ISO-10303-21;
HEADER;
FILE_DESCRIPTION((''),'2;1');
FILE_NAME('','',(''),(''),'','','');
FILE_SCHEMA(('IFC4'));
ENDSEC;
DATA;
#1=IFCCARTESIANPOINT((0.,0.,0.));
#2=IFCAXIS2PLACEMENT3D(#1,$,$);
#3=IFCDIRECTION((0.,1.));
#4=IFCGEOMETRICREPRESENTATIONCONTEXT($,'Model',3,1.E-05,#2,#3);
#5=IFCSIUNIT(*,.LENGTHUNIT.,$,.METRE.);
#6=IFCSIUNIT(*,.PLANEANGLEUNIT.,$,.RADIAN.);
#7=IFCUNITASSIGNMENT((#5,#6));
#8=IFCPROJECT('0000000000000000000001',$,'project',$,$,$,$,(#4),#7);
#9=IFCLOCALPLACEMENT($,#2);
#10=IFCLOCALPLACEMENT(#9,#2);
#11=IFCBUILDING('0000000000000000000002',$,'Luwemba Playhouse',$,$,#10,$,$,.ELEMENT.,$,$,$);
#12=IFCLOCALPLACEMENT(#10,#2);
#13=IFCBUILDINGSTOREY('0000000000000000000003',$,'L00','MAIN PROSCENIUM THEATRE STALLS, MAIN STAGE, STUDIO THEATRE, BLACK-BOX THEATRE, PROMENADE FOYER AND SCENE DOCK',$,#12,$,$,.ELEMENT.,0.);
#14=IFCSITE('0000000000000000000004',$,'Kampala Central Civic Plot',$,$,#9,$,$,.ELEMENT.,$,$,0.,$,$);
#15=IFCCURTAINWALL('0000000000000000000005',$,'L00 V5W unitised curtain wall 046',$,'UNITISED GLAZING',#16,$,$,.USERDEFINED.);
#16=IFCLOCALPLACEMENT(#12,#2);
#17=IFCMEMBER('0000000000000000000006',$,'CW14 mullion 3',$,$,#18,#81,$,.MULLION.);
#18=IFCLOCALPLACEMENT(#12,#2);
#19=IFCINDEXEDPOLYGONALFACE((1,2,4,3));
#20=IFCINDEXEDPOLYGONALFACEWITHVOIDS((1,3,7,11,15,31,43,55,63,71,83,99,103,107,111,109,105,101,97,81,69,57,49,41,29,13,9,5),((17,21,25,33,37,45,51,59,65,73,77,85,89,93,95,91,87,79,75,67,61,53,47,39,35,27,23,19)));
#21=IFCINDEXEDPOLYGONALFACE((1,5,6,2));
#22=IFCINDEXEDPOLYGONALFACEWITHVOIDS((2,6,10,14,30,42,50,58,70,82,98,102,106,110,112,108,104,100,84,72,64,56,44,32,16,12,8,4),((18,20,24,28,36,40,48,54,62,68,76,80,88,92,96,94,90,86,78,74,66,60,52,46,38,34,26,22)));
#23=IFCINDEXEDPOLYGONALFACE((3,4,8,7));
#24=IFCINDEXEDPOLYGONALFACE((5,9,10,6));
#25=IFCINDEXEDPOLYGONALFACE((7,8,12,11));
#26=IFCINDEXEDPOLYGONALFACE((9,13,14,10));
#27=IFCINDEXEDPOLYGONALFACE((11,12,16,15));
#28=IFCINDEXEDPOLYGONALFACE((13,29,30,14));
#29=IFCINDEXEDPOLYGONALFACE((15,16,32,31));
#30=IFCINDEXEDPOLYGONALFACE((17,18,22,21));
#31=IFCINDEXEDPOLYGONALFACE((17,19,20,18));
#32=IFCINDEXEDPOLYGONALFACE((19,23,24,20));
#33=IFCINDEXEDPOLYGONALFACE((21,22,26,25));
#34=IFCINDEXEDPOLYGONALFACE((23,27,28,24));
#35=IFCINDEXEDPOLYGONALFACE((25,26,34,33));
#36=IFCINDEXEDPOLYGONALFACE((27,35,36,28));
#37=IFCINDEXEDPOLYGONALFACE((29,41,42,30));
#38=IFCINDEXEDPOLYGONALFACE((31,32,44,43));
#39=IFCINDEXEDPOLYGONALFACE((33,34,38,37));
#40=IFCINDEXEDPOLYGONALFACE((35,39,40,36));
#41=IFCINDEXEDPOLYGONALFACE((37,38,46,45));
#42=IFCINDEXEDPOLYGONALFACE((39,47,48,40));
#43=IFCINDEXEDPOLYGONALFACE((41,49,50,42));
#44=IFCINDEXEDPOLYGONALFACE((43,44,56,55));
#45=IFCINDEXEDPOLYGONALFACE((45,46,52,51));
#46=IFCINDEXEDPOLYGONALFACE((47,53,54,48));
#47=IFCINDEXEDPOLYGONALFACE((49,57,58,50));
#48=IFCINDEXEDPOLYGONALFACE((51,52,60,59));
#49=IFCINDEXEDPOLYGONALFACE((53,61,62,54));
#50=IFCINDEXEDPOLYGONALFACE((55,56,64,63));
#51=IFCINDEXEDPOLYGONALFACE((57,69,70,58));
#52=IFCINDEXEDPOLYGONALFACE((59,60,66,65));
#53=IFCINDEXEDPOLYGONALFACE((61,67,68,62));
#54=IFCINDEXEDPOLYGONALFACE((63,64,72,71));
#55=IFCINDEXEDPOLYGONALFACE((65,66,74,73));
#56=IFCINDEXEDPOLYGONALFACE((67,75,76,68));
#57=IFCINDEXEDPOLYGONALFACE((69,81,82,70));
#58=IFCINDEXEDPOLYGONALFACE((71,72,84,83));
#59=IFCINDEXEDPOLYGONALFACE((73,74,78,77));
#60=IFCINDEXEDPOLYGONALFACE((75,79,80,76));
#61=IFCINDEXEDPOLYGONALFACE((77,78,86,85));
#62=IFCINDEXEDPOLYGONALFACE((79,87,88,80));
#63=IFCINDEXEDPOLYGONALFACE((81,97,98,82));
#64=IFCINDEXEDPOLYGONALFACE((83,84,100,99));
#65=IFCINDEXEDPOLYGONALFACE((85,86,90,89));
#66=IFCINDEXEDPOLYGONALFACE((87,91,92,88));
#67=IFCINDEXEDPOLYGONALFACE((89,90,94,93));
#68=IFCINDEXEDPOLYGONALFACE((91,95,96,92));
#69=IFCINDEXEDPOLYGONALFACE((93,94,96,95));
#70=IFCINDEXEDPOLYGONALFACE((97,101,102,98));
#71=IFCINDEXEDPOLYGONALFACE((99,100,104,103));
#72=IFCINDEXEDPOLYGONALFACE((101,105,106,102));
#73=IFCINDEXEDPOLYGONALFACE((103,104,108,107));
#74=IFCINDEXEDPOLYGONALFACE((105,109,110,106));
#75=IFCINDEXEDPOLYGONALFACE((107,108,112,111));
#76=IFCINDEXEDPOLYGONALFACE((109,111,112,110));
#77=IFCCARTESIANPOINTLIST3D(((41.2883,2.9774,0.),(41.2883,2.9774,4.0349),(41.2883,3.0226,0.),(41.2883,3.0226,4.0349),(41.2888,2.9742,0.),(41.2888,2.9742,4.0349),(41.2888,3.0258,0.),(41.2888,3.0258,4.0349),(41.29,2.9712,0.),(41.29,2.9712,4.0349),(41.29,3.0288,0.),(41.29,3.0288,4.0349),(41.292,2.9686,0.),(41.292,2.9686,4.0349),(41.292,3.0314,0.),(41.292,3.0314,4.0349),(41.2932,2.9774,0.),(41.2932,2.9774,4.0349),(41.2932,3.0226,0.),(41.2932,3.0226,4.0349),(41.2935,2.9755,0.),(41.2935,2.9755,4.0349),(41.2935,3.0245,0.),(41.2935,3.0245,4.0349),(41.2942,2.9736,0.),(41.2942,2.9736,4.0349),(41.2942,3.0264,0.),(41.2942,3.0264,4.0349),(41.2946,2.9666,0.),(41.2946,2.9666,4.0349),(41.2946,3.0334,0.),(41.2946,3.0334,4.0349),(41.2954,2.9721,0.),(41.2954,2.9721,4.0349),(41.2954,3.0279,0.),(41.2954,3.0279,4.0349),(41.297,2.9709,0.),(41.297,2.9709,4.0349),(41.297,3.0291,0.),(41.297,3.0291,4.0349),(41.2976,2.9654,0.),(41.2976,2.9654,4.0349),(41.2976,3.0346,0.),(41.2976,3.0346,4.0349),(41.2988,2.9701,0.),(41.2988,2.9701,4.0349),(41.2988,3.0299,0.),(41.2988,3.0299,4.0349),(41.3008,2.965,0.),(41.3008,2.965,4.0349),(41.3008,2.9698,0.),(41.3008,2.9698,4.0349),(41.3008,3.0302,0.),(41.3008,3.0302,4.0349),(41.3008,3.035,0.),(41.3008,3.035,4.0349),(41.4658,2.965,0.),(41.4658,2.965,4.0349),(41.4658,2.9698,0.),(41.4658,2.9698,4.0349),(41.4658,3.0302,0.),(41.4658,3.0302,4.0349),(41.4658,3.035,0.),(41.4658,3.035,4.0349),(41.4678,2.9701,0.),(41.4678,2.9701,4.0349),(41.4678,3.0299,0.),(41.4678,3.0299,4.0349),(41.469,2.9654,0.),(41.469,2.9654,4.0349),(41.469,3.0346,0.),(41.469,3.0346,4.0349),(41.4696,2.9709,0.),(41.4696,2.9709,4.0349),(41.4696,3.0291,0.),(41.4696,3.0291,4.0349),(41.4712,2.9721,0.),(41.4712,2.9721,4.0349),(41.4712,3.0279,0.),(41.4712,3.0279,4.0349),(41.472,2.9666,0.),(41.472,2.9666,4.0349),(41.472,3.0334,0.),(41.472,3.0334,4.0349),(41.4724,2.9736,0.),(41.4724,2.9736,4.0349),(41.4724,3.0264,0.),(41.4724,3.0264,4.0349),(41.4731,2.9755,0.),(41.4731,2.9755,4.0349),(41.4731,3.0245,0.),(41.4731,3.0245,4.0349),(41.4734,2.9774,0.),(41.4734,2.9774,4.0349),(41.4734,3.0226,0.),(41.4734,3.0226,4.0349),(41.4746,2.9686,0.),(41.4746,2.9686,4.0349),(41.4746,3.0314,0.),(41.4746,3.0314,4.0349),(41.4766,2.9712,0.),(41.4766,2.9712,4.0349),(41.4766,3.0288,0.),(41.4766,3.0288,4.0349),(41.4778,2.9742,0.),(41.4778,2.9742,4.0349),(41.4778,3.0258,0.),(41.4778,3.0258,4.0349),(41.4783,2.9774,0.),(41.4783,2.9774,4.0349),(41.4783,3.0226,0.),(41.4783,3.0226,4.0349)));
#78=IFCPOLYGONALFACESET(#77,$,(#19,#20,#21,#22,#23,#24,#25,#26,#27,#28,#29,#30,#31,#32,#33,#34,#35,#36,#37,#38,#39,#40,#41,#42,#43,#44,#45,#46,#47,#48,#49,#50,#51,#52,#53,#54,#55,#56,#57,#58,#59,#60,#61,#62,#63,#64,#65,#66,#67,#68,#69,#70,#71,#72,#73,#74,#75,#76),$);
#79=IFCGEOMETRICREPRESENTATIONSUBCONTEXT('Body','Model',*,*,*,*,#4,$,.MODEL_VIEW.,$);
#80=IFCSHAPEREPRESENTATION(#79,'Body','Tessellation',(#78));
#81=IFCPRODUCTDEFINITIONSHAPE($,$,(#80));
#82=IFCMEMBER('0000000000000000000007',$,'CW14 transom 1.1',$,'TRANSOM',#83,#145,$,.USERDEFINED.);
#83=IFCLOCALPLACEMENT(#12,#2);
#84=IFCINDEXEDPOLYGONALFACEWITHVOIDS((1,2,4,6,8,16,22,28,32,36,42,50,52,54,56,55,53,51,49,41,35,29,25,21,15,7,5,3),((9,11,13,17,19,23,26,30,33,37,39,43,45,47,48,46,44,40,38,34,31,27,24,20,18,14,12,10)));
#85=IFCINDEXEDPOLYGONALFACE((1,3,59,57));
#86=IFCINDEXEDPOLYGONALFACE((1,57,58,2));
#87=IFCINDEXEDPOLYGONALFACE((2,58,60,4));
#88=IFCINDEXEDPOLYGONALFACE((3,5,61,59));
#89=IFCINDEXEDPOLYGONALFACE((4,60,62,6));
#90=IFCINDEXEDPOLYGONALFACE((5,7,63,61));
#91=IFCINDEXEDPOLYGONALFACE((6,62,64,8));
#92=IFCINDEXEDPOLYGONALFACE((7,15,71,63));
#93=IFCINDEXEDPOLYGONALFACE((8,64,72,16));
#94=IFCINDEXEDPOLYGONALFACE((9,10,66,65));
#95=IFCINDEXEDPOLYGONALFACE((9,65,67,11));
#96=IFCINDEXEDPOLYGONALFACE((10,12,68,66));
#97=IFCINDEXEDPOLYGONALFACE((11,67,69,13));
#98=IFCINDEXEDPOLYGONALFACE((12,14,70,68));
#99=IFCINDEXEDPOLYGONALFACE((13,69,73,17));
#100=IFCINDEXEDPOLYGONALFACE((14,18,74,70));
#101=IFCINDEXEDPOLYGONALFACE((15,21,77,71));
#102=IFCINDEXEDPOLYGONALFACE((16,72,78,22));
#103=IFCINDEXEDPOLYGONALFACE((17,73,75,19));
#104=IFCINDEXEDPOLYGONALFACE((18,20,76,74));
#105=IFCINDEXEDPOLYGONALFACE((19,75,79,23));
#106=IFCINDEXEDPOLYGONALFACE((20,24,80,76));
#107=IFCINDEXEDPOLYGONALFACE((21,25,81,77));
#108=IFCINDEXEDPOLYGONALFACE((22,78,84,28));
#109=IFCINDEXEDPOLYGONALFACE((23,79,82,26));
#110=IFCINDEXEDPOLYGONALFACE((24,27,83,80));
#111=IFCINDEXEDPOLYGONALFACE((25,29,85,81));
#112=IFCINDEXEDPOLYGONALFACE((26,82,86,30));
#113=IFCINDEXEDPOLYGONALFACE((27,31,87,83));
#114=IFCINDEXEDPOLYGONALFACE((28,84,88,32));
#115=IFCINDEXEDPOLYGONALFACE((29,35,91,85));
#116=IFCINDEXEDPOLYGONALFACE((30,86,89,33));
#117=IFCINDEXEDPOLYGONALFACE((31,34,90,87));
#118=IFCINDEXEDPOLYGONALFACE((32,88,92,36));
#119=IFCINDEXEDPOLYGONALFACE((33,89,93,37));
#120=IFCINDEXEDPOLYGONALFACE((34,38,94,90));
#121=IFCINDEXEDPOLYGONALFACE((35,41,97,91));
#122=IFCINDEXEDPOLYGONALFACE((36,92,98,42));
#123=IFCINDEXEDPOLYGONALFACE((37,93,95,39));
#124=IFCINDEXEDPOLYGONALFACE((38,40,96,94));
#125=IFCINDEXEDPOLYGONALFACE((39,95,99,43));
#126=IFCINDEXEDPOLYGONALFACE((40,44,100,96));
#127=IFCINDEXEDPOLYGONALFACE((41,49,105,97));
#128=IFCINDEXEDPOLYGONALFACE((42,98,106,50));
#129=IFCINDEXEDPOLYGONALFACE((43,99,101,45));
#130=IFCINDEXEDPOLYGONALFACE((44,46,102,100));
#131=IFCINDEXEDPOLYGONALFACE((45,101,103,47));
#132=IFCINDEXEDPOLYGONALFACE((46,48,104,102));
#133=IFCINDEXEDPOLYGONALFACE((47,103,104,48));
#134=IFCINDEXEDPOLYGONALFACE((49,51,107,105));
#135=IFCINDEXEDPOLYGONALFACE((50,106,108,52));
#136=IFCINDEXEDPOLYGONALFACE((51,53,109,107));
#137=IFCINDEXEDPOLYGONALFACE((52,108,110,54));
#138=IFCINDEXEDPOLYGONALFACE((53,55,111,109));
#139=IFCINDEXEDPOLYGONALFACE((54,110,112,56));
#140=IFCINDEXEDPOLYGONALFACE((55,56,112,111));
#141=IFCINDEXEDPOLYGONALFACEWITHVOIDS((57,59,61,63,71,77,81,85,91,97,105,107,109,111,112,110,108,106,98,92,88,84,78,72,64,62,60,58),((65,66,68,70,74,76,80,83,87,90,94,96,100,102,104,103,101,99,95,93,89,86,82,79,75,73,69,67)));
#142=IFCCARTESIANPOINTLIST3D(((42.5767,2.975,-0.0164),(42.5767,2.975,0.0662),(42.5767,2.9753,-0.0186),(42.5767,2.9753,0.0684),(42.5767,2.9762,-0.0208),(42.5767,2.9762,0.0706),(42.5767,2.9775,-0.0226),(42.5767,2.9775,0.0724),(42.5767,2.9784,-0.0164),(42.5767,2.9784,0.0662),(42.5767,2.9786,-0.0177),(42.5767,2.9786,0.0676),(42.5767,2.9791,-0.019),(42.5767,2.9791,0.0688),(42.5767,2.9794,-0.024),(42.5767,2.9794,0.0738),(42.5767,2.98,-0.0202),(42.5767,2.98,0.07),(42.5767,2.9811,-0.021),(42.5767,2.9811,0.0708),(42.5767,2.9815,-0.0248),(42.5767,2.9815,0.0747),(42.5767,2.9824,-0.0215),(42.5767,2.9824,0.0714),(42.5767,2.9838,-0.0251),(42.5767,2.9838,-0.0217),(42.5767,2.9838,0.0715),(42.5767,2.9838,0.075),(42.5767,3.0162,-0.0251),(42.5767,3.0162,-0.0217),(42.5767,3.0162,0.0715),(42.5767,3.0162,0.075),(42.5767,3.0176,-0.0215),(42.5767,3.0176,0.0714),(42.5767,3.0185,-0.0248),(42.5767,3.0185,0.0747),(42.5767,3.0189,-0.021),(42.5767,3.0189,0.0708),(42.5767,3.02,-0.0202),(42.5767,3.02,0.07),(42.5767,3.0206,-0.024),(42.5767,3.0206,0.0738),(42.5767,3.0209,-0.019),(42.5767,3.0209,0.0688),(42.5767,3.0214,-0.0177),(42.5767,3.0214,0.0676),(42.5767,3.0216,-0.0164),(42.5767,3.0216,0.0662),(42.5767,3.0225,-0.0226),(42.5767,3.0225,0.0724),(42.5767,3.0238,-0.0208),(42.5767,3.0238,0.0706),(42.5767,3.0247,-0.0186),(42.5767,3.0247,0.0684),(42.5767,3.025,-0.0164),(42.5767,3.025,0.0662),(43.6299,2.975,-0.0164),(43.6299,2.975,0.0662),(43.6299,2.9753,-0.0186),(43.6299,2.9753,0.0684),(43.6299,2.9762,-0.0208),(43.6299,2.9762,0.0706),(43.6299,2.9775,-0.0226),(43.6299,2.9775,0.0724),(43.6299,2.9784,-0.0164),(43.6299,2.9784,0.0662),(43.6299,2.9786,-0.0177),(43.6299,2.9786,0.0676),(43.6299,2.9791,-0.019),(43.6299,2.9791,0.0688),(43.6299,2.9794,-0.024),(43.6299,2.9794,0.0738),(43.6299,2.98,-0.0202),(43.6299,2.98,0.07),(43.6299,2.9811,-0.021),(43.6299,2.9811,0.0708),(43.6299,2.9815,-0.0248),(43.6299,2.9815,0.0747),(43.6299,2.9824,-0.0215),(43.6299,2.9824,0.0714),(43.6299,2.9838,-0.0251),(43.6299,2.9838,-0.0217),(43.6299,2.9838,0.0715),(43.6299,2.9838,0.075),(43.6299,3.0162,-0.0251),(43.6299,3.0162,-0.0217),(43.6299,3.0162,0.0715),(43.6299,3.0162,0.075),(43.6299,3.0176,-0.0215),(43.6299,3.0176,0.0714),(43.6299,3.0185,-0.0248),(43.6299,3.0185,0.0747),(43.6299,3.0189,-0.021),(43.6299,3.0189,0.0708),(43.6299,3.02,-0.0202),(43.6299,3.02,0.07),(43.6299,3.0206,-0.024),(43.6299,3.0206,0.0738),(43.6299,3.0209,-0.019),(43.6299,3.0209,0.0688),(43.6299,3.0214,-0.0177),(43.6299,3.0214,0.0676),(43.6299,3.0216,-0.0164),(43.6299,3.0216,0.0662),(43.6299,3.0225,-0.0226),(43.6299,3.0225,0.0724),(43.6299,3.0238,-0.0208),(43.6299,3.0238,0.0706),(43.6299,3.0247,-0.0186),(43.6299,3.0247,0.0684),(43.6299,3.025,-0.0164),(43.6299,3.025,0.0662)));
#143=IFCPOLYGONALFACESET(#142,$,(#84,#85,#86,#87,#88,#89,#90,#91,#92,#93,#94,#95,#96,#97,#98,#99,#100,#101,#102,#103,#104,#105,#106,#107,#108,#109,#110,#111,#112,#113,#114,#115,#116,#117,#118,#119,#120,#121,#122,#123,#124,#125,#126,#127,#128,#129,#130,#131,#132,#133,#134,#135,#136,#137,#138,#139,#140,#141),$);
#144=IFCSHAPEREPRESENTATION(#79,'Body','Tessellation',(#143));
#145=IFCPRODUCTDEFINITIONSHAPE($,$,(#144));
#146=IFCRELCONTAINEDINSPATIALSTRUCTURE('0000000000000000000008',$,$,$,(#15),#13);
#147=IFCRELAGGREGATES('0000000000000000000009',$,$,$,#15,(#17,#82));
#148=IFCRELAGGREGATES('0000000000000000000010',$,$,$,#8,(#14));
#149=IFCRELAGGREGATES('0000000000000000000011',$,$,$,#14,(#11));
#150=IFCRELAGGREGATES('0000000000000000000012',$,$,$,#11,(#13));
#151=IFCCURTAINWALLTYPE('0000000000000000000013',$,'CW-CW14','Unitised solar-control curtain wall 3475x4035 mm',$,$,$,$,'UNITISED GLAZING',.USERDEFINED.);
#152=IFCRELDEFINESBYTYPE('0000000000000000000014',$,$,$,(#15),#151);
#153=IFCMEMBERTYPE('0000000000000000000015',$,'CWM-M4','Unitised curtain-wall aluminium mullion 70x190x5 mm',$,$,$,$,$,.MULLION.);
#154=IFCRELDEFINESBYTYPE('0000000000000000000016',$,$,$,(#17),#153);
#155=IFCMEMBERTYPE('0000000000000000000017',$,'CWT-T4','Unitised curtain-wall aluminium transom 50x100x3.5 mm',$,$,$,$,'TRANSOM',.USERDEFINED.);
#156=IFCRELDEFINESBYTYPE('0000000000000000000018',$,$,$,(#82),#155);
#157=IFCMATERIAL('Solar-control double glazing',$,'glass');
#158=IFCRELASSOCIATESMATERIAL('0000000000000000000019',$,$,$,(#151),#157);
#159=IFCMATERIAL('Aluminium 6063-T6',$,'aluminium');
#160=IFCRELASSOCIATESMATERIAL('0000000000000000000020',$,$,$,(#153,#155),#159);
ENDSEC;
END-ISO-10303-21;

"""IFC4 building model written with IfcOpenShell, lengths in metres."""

from ifc_helpers import new_model, si_unit, direction, frame, origin, origin_2d, place, context, subcontext, project, spatial, hollow_rectangle, extrude, material, material_profile, profile_set, type_object, element, aggregate, save


model = new_model("IFC4")

# Units and contexts
model_context = context("Model", 3, precision=1e-05, world=origin(), true_north=direction((0.0, 1.0)))
body_context = subcontext(model_context, "Body", "Model", "MODEL_VIEW")
ifc_project = project(units=[si_unit("LENGTHUNIT", "METRE"), si_unit("PLANEANGLEUNIT", "RADIAN")], contexts=[model_context])

# Site, building, storey
site_placement = place(None, origin())
site = spatial("IfcSite", under=ifc_project, at=site_placement, Name="Kampala Central Civic Plot", CompositionType="ELEMENT", RefElevation=0.0)
building_placement = place(site_placement, origin())
building = spatial("IfcBuilding", under=site, at=building_placement, Name="Luwemba Playhouse", CompositionType="ELEMENT")
storey_placement = place(building_placement, origin())
storey = spatial("IfcBuildingStorey", under=building, at=storey_placement, Name="L00", Description="MAIN PROSCENIUM THEATRE STALLS, MAIN STAGE, STUDIO THEATRE, BLACK-BOX THEATRE, PROMENADE FOYER AND SCENE DOCK", CompositionType="ELEMENT", Elevation=0.0)

# Curtain wall, members
ifc_material_1 = material(Name="Solar-control double glazing", Category="glass")
curtain_wall_type = type_object("IfcCurtainWallType", Name="CW-CW14", Description="Unitised solar-control curtain wall 3475x4035 mm", ElementType="UNITISED GLAZING", PredefinedType="USERDEFINED", material=ifc_material_1)
curtain_wall_placement = place(storey_placement, origin())
curtain_wall = element("IfcCurtainWall", 1, at=curtain_wall_placement, inside=storey, type_object=curtain_wall_type, Name="L00 V5W unitised curtain wall 046", ObjectType="UNITISED GLAZING", PredefinedType="USERDEFINED")
ifc_material_2 = material(Name="Aluminium 6063-T6", Category="aluminium")
ifc_material_profile_1 = material_profile(ifc_material_2, hollow_rectangle(XDim=0.0701, YDim=0.1899, WallThickness=0.0049, InnerFilletRadius=0.0076, OuterFilletRadius=0.0125, at=origin_2d()))
ifc_profile_set_1 = profile_set([ifc_material_profile_1], Name="Aluminium 6063-T6")
member_type_1 = type_object("IfcMemberType", Name="CWM-M4", Description="Unitised curtain-wall aluminium mullion 70x190x5 mm", PredefinedType="MULLION", material=ifc_profile_set_1)
member_1_placement = place(storey_placement, frame((41.3833, 3.0, 0.0), z_axis=(0.0, 0.0, 1.0), x_axis=(0.0, -1.0, 0.0)))
member_1 = element("IfcMember", 2, at=member_1_placement, type_object=member_type_1, Name="CW14 mullion 3", PredefinedType="MULLION", context=body_context, shape_type="SweptSolid", body=[
    extrude(hollow_rectangle(XDim=0.0701, YDim=0.1899, WallThickness=0.0049, InnerFilletRadius=0.0076, OuterFilletRadius=0.0125, at=origin_2d()), origin(), (0.0, 0.0, 1.0), 4.0349),
])
ifc_material_profile_2 = material_profile(ifc_material_2, hollow_rectangle(XDim=0.05, YDim=0.1001, WallThickness=0.0034, InnerFilletRadius=0.0054, OuterFilletRadius=0.0088, at=origin_2d()))
ifc_profile_set_2 = profile_set([ifc_material_profile_2], Name="Aluminium 6063-T6")
member_type_2 = type_object("IfcMemberType", Name="CWT-T4", Description="Unitised curtain-wall aluminium transom 50x100x3.5 mm", ElementType="TRANSOM", PredefinedType="USERDEFINED", material=ifc_profile_set_2)
member_2_placement = place(storey_placement, frame((43.6299, 3.0, 0.0249), z_axis=(-1.0, 0.0, 0.0), x_axis=(0.0, -1.0, 0.0)))
member_2 = element("IfcMember", 3, at=member_2_placement, type_object=member_type_2, Name="CW14 transom 1.1", ObjectType="TRANSOM", PredefinedType="USERDEFINED", context=body_context, shape_type="SweptSolid", body=[
    extrude(hollow_rectangle(XDim=0.05, YDim=0.1001, WallThickness=0.0034, InnerFilletRadius=0.0054, OuterFilletRadius=0.0088, at=origin_2d()), origin(), (0.0, 0.0, 1.0), 1.0532),
])
aggregate(curtain_wall, [member_1, member_2])

save(model, "model.ifc")
